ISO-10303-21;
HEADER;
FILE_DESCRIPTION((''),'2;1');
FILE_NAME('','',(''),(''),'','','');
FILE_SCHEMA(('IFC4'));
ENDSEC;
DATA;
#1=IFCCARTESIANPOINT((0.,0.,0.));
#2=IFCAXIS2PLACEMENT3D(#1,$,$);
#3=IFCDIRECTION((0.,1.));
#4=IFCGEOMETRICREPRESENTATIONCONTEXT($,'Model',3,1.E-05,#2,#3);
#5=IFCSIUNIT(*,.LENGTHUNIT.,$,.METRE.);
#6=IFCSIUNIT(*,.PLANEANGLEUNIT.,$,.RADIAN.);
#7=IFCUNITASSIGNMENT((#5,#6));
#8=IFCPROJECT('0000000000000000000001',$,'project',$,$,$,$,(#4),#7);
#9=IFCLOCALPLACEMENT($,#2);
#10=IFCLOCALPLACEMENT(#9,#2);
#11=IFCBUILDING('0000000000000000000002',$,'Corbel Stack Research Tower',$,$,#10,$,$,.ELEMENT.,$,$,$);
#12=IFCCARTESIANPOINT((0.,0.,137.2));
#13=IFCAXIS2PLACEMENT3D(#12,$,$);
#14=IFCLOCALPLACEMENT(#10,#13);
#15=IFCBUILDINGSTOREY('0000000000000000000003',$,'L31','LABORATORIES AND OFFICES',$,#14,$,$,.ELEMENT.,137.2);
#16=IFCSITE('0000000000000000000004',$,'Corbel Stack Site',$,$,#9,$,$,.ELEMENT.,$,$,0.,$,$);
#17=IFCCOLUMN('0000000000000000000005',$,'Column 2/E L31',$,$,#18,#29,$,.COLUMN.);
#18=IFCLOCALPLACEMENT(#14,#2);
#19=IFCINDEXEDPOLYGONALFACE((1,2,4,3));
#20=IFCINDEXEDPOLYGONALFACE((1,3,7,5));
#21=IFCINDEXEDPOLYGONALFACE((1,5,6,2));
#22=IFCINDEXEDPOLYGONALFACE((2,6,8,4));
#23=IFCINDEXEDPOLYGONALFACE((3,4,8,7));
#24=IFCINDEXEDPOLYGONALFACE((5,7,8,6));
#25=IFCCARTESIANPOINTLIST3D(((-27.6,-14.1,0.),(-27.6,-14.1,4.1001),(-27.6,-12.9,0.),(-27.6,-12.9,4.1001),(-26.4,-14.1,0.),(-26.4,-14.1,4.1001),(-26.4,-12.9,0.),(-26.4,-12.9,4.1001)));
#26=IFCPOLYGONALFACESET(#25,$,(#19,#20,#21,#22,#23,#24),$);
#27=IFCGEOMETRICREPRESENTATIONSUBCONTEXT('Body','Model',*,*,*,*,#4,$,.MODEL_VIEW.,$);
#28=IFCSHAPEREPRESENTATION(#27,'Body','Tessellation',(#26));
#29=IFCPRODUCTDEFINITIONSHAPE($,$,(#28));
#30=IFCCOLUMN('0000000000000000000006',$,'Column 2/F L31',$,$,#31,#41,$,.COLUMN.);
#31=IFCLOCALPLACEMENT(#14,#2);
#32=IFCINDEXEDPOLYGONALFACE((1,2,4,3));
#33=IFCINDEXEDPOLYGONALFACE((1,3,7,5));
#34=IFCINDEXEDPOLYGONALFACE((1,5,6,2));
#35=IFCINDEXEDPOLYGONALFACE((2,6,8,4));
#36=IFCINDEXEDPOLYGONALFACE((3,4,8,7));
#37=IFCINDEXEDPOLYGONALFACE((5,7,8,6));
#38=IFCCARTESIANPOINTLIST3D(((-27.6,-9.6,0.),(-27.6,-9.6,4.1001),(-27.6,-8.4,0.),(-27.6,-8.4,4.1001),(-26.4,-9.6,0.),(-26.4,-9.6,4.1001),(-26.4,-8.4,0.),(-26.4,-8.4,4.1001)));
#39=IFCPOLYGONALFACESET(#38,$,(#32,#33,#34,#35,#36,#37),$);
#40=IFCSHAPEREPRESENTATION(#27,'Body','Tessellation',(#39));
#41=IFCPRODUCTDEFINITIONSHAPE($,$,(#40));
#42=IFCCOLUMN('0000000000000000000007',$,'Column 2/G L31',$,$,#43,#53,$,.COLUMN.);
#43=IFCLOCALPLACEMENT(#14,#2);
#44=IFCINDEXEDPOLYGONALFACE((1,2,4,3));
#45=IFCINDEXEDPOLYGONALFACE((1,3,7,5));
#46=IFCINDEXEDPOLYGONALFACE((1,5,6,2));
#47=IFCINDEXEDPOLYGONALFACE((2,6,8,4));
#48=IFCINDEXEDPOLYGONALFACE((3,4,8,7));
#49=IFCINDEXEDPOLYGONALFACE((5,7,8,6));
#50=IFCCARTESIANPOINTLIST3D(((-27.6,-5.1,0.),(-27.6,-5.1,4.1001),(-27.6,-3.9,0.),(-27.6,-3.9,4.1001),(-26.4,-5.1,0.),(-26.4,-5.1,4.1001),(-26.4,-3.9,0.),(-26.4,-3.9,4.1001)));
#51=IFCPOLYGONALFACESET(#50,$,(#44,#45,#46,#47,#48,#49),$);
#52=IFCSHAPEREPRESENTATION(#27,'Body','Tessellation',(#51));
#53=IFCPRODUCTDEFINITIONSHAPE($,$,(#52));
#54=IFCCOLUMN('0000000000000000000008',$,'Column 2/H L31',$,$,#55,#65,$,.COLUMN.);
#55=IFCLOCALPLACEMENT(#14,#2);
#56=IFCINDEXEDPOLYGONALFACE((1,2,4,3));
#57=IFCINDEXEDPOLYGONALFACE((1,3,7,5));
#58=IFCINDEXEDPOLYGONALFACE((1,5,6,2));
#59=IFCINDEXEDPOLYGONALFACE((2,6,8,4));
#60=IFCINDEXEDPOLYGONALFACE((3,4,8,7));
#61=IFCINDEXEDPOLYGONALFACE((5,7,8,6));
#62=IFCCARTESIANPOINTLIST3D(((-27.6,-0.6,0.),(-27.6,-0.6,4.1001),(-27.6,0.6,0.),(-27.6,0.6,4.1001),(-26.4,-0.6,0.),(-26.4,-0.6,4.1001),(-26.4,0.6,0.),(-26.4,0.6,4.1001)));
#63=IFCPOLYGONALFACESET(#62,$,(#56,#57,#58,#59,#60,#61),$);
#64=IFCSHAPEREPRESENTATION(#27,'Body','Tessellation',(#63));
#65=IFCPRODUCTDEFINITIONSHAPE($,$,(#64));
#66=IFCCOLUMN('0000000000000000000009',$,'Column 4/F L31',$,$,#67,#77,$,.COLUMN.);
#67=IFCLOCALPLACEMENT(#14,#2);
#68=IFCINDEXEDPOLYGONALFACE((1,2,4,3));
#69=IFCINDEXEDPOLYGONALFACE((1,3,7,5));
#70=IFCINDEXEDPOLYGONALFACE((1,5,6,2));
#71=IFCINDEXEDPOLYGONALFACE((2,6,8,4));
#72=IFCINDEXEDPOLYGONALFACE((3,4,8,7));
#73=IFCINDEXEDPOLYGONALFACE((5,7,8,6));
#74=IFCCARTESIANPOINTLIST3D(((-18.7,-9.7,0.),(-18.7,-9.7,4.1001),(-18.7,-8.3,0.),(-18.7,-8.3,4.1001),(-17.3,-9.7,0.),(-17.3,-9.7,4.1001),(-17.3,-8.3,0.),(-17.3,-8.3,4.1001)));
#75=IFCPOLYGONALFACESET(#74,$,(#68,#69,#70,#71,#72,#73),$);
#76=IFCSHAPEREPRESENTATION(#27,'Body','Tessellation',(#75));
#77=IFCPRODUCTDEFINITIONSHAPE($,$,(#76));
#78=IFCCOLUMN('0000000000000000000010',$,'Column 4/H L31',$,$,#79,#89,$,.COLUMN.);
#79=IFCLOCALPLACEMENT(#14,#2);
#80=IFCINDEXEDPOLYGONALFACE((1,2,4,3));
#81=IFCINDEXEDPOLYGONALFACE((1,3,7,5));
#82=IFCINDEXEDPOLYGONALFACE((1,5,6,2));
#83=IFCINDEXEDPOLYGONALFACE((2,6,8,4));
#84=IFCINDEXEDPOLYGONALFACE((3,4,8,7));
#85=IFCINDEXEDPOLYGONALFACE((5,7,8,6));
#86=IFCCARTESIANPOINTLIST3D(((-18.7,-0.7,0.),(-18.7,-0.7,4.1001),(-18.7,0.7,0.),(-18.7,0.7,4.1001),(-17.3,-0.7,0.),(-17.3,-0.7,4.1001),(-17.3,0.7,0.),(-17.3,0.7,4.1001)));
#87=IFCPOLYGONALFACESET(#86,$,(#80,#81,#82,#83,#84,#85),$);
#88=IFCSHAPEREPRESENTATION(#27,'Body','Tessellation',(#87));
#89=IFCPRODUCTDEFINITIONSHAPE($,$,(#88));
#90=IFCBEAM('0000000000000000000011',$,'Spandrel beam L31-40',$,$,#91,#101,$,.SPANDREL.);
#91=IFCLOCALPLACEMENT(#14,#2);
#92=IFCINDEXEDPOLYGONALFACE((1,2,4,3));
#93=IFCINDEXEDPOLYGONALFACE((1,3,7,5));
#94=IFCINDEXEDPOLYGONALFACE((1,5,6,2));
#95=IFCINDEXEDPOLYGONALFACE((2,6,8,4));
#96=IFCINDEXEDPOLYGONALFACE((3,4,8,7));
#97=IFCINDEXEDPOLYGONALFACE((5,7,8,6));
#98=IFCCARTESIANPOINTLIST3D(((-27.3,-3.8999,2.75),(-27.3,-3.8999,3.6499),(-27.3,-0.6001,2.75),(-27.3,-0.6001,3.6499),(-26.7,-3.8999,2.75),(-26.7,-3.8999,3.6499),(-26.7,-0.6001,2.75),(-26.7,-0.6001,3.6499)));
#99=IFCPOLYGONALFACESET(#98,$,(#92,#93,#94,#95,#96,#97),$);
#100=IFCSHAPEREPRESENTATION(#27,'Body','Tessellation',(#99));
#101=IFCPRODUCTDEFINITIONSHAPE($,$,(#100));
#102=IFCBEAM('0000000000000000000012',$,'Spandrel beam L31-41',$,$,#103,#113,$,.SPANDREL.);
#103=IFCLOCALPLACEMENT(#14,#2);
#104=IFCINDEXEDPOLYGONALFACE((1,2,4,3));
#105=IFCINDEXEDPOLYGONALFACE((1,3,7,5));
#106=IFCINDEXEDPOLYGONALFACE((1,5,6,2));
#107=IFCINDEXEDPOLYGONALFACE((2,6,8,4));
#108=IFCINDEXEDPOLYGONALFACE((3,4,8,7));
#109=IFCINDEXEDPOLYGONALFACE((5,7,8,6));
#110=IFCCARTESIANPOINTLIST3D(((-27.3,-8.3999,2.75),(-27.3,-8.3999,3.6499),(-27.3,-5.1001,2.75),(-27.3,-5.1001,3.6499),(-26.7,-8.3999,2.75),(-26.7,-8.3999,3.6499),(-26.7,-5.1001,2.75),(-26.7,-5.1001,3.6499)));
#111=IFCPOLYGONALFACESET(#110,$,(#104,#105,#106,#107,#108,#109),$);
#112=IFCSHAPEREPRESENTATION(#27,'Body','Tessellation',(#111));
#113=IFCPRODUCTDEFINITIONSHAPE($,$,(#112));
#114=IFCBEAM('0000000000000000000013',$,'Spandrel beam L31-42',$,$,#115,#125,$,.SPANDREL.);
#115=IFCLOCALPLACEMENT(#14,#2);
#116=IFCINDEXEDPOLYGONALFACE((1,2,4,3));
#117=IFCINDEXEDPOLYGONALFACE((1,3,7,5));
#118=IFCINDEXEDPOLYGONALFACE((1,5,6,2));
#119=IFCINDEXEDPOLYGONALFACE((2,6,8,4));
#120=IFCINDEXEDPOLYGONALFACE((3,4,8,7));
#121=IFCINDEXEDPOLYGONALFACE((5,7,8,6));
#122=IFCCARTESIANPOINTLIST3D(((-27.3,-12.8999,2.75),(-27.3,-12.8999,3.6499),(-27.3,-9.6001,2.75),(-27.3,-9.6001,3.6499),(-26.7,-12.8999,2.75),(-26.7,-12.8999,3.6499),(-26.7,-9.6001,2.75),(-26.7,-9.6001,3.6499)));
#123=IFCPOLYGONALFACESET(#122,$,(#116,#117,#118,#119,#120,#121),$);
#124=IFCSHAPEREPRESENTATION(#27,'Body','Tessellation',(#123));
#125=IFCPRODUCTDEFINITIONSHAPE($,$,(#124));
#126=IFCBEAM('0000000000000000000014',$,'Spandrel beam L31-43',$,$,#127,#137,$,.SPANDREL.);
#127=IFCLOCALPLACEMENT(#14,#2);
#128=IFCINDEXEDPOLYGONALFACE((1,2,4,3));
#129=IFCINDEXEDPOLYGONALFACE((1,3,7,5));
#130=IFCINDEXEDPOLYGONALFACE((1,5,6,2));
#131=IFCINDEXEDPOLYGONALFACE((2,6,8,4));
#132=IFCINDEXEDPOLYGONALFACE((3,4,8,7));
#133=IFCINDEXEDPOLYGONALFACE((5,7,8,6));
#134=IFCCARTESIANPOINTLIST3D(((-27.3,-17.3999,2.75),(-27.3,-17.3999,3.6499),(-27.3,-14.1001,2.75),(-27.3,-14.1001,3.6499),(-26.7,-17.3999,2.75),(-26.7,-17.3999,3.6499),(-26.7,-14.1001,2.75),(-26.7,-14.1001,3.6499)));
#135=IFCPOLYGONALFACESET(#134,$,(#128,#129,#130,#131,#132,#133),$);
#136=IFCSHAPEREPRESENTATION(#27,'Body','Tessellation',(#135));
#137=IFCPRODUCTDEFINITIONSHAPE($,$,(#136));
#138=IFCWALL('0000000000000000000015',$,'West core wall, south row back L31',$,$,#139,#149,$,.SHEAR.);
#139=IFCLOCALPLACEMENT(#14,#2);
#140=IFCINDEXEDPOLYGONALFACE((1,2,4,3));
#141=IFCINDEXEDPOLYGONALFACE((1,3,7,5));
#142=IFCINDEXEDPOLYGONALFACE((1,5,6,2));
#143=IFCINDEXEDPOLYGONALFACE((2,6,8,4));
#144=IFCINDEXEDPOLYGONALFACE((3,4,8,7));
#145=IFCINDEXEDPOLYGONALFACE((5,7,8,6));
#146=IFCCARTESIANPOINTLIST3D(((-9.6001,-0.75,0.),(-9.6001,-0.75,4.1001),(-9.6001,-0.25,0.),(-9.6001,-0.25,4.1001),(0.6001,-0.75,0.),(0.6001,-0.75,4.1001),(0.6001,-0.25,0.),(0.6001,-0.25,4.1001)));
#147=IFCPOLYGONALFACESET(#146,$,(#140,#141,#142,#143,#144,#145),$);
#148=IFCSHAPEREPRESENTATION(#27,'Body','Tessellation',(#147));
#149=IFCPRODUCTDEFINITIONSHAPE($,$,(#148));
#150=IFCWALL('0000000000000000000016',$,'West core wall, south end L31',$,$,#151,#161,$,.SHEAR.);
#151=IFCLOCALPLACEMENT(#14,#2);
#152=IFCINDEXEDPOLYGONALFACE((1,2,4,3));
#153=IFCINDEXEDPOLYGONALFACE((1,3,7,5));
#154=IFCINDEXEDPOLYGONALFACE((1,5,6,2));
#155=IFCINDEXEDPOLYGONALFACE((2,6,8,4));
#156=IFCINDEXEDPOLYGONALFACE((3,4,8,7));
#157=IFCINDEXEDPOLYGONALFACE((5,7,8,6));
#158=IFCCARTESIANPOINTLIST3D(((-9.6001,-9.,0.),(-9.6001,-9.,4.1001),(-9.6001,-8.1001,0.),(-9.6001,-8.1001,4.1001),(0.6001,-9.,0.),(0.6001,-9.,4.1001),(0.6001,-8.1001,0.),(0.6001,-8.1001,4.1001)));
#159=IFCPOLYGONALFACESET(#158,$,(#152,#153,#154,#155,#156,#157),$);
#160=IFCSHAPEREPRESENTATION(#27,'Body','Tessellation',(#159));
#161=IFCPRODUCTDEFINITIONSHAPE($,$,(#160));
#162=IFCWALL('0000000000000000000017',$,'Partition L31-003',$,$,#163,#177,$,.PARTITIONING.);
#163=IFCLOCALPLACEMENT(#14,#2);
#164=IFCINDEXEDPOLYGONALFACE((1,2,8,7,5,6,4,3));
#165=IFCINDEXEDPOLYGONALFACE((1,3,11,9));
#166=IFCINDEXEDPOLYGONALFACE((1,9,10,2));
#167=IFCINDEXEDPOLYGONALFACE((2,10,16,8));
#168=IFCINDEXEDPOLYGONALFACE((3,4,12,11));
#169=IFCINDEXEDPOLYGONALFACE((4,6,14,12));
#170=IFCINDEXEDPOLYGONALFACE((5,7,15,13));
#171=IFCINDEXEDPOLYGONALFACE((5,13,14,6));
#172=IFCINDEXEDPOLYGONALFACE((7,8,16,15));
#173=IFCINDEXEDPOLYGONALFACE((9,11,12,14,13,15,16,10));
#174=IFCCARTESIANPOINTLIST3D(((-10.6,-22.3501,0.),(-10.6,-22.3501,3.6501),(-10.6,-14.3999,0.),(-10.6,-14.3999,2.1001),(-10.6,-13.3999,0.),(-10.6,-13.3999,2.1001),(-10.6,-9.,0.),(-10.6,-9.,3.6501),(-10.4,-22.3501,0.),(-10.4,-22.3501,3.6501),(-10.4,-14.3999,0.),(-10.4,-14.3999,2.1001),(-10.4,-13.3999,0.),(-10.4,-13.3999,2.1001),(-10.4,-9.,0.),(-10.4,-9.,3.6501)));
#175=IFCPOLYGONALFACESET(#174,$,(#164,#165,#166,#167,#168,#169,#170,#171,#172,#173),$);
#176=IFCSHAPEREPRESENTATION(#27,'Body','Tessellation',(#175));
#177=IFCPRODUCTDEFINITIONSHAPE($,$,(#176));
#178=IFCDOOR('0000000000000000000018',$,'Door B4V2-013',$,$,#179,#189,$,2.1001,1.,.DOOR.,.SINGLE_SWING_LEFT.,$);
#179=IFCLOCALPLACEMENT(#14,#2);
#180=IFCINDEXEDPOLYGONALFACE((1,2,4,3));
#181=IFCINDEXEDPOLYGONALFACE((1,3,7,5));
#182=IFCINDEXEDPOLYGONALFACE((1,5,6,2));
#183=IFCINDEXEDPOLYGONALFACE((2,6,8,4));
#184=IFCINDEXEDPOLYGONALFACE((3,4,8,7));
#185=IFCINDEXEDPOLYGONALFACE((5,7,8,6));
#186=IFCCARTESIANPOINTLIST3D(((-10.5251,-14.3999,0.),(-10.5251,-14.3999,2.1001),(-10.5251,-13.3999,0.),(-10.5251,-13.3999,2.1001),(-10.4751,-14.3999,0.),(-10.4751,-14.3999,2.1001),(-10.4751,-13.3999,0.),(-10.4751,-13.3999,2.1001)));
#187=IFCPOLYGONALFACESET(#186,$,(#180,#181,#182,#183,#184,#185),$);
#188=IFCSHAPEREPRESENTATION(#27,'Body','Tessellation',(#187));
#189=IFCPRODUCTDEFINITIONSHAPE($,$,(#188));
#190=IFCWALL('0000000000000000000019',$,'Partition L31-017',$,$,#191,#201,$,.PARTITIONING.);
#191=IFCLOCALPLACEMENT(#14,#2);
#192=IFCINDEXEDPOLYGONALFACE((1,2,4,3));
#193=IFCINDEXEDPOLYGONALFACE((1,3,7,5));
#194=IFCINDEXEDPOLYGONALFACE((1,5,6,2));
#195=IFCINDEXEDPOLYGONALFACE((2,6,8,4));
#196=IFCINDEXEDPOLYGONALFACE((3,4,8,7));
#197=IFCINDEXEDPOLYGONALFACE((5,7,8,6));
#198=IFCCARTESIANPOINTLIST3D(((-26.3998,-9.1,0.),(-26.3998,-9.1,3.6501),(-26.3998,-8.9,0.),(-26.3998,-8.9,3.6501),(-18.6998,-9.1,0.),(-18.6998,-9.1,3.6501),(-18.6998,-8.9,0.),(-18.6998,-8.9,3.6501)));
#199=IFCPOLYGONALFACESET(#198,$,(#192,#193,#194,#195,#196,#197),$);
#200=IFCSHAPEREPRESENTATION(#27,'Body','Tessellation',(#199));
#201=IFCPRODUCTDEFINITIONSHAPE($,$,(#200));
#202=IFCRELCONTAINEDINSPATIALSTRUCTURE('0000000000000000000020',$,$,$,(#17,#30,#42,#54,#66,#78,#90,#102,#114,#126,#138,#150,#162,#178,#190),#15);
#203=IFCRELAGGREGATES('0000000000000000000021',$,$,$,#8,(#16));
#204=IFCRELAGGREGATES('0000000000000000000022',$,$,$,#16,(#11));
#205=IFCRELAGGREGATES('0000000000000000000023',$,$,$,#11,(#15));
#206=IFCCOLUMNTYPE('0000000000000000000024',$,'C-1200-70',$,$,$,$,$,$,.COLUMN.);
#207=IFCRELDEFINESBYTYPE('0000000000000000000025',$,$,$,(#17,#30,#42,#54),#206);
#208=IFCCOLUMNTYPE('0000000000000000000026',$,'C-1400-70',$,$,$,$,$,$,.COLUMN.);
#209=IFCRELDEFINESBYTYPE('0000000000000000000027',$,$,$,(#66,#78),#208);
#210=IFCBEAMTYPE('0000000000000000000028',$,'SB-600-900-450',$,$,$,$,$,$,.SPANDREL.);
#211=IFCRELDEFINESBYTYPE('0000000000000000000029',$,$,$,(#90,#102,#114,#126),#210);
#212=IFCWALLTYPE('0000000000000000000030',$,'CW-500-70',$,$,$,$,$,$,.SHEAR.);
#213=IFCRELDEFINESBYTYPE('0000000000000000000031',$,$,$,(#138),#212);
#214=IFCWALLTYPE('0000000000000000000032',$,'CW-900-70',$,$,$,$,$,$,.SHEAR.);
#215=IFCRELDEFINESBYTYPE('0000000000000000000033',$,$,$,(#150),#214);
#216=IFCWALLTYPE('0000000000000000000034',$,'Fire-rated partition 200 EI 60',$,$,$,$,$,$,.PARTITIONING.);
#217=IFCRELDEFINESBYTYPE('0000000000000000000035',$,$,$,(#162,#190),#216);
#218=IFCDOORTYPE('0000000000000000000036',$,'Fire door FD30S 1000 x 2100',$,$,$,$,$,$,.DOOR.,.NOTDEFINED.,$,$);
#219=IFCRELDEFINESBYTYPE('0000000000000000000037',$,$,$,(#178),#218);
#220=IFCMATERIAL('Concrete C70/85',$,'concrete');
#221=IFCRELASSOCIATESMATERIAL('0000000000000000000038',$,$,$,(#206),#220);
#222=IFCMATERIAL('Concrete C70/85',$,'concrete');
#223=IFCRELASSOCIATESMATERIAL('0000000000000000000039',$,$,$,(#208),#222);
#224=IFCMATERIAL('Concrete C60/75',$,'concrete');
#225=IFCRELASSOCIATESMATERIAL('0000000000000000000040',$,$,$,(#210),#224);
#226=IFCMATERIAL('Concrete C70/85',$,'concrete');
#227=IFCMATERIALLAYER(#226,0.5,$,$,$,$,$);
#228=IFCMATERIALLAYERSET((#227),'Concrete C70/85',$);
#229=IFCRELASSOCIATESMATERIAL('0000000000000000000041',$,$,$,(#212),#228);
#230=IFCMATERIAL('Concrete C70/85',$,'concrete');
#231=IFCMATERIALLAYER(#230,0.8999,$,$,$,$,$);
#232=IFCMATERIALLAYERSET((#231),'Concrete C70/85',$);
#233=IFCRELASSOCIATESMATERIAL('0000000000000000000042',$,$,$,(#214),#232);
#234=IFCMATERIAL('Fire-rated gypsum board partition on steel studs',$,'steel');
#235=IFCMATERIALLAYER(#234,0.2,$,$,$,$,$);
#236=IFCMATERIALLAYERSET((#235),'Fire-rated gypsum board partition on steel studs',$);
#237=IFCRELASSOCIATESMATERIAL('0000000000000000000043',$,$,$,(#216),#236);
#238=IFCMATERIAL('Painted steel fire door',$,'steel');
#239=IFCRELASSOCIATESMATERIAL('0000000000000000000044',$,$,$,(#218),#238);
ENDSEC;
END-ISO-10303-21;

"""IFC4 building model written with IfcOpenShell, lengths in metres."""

from ifc_helpers import new_model, si_unit, direction, frame, frame_2d, origin, origin_2d, place, context, subcontext, project, spatial, rectangle, extrude, material, layer, layer_set, material_profile, profile_set, type_object, element, fill, save


model = new_model("IFC4")

# Units and contexts
model_context = context("Model", 3, precision=1e-05, world=origin(), true_north=direction((0.0, 1.0)))
body_context = subcontext(model_context, "Body", "Model", "MODEL_VIEW")
ifc_project = project(units=[si_unit("LENGTHUNIT", "METRE"), si_unit("PLANEANGLEUNIT", "RADIAN")], contexts=[model_context])

# Site, building, storey
site_placement = place(None, origin())
site = spatial("IfcSite", under=ifc_project, at=site_placement, Name="Corbel Stack Site", CompositionType="ELEMENT", RefElevation=0.0)
building_placement = place(site_placement, origin())
building = spatial("IfcBuilding", under=site, at=building_placement, Name="Corbel Stack Research Tower", CompositionType="ELEMENT")
storey_placement = place(building_placement, frame((0.0, 0.0, 137.2)))
storey = spatial("IfcBuildingStorey", under=building, at=storey_placement, Name="L31", Description="LABORATORIES AND OFFICES", CompositionType="ELEMENT", Elevation=137.2)

# Columns
ifc_material_1 = material(Name="Concrete C70/85", Category="concrete")
ifc_material_profile_1 = material_profile(ifc_material_1, rectangle(XDim=1.2, YDim=1.2, at=origin_2d()), Name="RC 1200 x 1200")
ifc_profile_set_1 = profile_set([ifc_material_profile_1], Name="Concrete C70/85")
column_type_1 = type_object("IfcColumnType", Name="C-1200-70", PredefinedType="COLUMN", material=ifc_profile_set_1)
for number, where, z_axis, x_axis, name in (
    (1, (-27.0, -13.5, 0.0), (0.0, 0.0, 1.0), (1.0, 0.0, 0.0), "Column 2/E L31"),
    (2, (-27.0, -9.0, 0.0), (0.0, 0.0, 1.0), (1.0, 0.0, 0.0), "Column 2/F L31"),
    (3, (-27.0, -4.5, 0.0), (0.0, 0.0, 1.0), (1.0, 0.0, 0.0), "Column 2/G L31"),
    (4, (-27.0, 0.0, 0.0), (0.0, 0.0, 1.0), (1.0, 0.0, 0.0), "Column 2/H L31"),
):
    element("IfcColumn", number, at=place(storey_placement, frame(where, z_axis=z_axis, x_axis=x_axis)), inside=storey, type_object=column_type_1, Name=name, PredefinedType="COLUMN", context=body_context, shape_type="SweptSolid", body=[
        extrude(rectangle(XDim=1.2, YDim=1.2, at=origin_2d()), origin(), (0.0, 0.0, 1.0), 4.1001),
    ])
ifc_material_2 = material(Name="Concrete C70/85", Category="concrete")
ifc_material_profile_2 = material_profile(ifc_material_2, rectangle(XDim=1.3999, YDim=1.3999, at=origin_2d()), Name="RC 1400 x 1400")
ifc_profile_set_2 = profile_set([ifc_material_profile_2], Name="Concrete C70/85")
column_type_2 = type_object("IfcColumnType", Name="C-1400-70", PredefinedType="COLUMN", material=ifc_profile_set_2)
for number, where, z_axis, x_axis, name in (
    (5, (-18.0, -9.0, 0.0), (0.0, 0.0, 1.0), (1.0, 0.0, 0.0), "Column 4/F L31"),
    (6, (-18.0, 0.0, 0.0), (0.0, 0.0, 1.0), (1.0, 0.0, 0.0), "Column 4/H L31"),
):
    element("IfcColumn", number, at=place(storey_placement, frame(where, z_axis=z_axis, x_axis=x_axis)), inside=storey, type_object=column_type_2, Name=name, PredefinedType="COLUMN", context=body_context, shape_type="SweptSolid", body=[
        extrude(rectangle(XDim=1.3999, YDim=1.3999, at=origin_2d()), origin(), (0.0, 0.0, 1.0), 4.1001),
    ])

# Beams
ifc_material_3 = material(Name="Concrete C60/75", Category="concrete")
ifc_material_profile_3 = material_profile(ifc_material_3, rectangle(XDim=0.6001, YDim=0.8999, at=origin_2d()), Name="RC 600 x 900")
ifc_profile_set_3 = profile_set([ifc_material_profile_3], Name="Concrete C60/75")
beam_type = type_object("IfcBeamType", Name="SB-600-900-450", PredefinedType="SPANDREL", material=ifc_profile_set_3)
for number, where, z_axis, x_axis, name in (
    (7, (-27.0, -0.6001, 3.2), (0.0, -1.0, 0.0), (1.0, 0.0, 0.0), "Spandrel beam L31-40"),
    (8, (-27.0, -5.1001, 3.2), (0.0, -1.0, 0.0), (1.0, 0.0, 0.0), "Spandrel beam L31-41"),
    (9, (-27.0, -9.6001, 3.2), (0.0, -1.0, 0.0), (1.0, 0.0, 0.0), "Spandrel beam L31-42"),
    (10, (-27.0, -14.1001, 3.2), (0.0, -1.0, 0.0), (1.0, 0.0, 0.0), "Spandrel beam L31-43"),
):
    element("IfcBeam", number, at=place(storey_placement, frame(where, z_axis=z_axis, x_axis=x_axis)), inside=storey, type_object=beam_type, Name=name, PredefinedType="SPANDREL", context=body_context, shape_type="SweptSolid", body=[
        extrude(rectangle(XDim=0.6001, YDim=0.8999, at=origin_2d()), origin(), (0.0, 0.0, 1.0), 3.2998),
    ])

# Wall
ifc_material_4 = material(Name="Concrete C70/85", Category="concrete")
ifc_layer_1 = layer(ifc_material_4, 0.5)
ifc_layer_set_1 = layer_set([ifc_layer_1], Name="Concrete C70/85")
wall_type_1 = type_object("IfcWallType", Name="CW-500-70", PredefinedType="SHEAR", material=ifc_layer_set_1)
wall_1_placement = place(storey_placement, frame((-9.6001, -0.5, 0.0), z_axis=(0.0, 0.0, 1.0), x_axis=(1.0, 0.0, 0.0)))
element("IfcWall", 11, at=wall_1_placement, inside=storey, type_object=wall_type_1, Name="West core wall, south row back L31", PredefinedType="SHEAR", context=body_context, shape_type="SweptSolid", body=[
    extrude(rectangle(XDim=10.2002, YDim=0.5, at=frame_2d((5.1001, 0.0))), origin(), (0.0, 0.0, 1.0), 4.1001),
])

# Shared definitions
ifc_material_5 = material(Name="Concrete C70/85", Category="concrete")
ifc_layer_2 = layer(ifc_material_5, 0.8999)
ifc_layer_set_2 = layer_set([ifc_layer_2], Name="Concrete C70/85")
wall_type_2 = type_object("IfcWallType", Name="CW-900-70", PredefinedType="SHEAR", material=ifc_layer_set_2)

# Wall
wall_2_placement = place(storey_placement, frame((-9.6001, -8.55, 0.0), z_axis=(0.0, 0.0, 1.0), x_axis=(1.0, 0.0, 0.0)))
element("IfcWall", 12, at=wall_2_placement, inside=storey, type_object=wall_type_2, Name="West core wall, south end L31", PredefinedType="SHEAR", context=body_context, shape_type="SweptSolid", body=[
    extrude(rectangle(XDim=10.2002, YDim=0.8999, at=frame_2d((5.1001, 0.0))), origin(), (0.0, 0.0, 1.0), 4.1001),
])

# Wall, opening, door
ifc_material_6 = material(Name="Fire-rated gypsum board partition on steel studs", Category="steel")
ifc_layer_3 = layer(ifc_material_6, 0.2)
ifc_layer_set_3 = layer_set([ifc_layer_3], Name="Fire-rated gypsum board partition on steel studs")
wall_type_3 = type_object("IfcWallType", Name="Fire-rated partition 200 EI 60", PredefinedType="PARTITIONING", material=ifc_layer_set_3)
wall_3_placement = place(storey_placement, frame((-10.5, -9.0, 0.0), z_axis=(0.0, 0.0, 1.0), x_axis=(0.0, -1.0, 0.0)))
wall_3 = element("IfcWall", 13, at=wall_3_placement, inside=storey, type_object=wall_type_3, Name="Partition L31-003", PredefinedType="PARTITIONING", context=body_context, shape_type="SweptSolid", body=[
    extrude(rectangle(XDim=13.3501, YDim=0.2, at=frame_2d((6.675, 0.0))), origin(), (0.0, 0.0, 1.0), 3.6501),
])
opening_1_placement = place(wall_3_placement, frame((4.3999, 0.0, 0.0)))
opening_1 = element("IfcOpeningElement", 14, at=opening_1_placement, cuts=wall_3, PredefinedType="OPENING", context=body_context, shape_type="SweptSolid", body=[
    extrude(rectangle(XDim=1.0, YDim=2.1001, at=frame_2d((0.5, 1.05))), frame((0.0, 0.1099, 0.0), z_axis=(0.0, -1.0, 0.0), x_axis=(1.0, 0.0, 0.0)), (0.0, 0.0, 1.0), 0.22),
])
ifc_material_7 = material(Name="Painted steel fire door", Category="steel")
door_type_1 = type_object("IfcDoorType", Name="Fire door FD30S 1000 x 2100", OperationType="NOTDEFINED", PredefinedType="DOOR", material=ifc_material_7)
door_1_placement = place(opening_1_placement, origin())
door_1 = element("IfcDoor", 15, at=door_1_placement, inside=storey, type_object=door_type_1, Name="Door B4V2-013", OperationType="SINGLE_SWING_LEFT", OverallHeight=2.1001, OverallWidth=1.0, PredefinedType="DOOR", context=body_context, shape_type="SweptSolid", body=[
    extrude(rectangle(XDim=1.0, YDim=2.1001, at=frame_2d((0.5, 1.05))), frame((0.0, 0.0249, 0.0), z_axis=(0.0, -1.0, 0.0), x_axis=(1.0, 0.0, 0.0)), (0.0, 0.0, 1.0), 0.05),
])
fill(opening_1, door_1)

# Wall
wall_4_placement = place(storey_placement, frame((-26.3999, -9.0, 0.0), z_axis=(0.0, 0.0, 1.0), x_axis=(1.0, 0.0, 0.0)))
element("IfcWall", 16, at=wall_4_placement, inside=storey, type_object=wall_type_3, Name="Partition L31-017", PredefinedType="PARTITIONING", context=body_context, shape_type="SweptSolid", body=[
    extrude(rectangle(XDim=7.7, YDim=0.2, at=frame_2d((3.8501, 0.0))), origin(), (0.0, 0.0, 1.0), 3.6501),
])

save(model, "model.ifc")
